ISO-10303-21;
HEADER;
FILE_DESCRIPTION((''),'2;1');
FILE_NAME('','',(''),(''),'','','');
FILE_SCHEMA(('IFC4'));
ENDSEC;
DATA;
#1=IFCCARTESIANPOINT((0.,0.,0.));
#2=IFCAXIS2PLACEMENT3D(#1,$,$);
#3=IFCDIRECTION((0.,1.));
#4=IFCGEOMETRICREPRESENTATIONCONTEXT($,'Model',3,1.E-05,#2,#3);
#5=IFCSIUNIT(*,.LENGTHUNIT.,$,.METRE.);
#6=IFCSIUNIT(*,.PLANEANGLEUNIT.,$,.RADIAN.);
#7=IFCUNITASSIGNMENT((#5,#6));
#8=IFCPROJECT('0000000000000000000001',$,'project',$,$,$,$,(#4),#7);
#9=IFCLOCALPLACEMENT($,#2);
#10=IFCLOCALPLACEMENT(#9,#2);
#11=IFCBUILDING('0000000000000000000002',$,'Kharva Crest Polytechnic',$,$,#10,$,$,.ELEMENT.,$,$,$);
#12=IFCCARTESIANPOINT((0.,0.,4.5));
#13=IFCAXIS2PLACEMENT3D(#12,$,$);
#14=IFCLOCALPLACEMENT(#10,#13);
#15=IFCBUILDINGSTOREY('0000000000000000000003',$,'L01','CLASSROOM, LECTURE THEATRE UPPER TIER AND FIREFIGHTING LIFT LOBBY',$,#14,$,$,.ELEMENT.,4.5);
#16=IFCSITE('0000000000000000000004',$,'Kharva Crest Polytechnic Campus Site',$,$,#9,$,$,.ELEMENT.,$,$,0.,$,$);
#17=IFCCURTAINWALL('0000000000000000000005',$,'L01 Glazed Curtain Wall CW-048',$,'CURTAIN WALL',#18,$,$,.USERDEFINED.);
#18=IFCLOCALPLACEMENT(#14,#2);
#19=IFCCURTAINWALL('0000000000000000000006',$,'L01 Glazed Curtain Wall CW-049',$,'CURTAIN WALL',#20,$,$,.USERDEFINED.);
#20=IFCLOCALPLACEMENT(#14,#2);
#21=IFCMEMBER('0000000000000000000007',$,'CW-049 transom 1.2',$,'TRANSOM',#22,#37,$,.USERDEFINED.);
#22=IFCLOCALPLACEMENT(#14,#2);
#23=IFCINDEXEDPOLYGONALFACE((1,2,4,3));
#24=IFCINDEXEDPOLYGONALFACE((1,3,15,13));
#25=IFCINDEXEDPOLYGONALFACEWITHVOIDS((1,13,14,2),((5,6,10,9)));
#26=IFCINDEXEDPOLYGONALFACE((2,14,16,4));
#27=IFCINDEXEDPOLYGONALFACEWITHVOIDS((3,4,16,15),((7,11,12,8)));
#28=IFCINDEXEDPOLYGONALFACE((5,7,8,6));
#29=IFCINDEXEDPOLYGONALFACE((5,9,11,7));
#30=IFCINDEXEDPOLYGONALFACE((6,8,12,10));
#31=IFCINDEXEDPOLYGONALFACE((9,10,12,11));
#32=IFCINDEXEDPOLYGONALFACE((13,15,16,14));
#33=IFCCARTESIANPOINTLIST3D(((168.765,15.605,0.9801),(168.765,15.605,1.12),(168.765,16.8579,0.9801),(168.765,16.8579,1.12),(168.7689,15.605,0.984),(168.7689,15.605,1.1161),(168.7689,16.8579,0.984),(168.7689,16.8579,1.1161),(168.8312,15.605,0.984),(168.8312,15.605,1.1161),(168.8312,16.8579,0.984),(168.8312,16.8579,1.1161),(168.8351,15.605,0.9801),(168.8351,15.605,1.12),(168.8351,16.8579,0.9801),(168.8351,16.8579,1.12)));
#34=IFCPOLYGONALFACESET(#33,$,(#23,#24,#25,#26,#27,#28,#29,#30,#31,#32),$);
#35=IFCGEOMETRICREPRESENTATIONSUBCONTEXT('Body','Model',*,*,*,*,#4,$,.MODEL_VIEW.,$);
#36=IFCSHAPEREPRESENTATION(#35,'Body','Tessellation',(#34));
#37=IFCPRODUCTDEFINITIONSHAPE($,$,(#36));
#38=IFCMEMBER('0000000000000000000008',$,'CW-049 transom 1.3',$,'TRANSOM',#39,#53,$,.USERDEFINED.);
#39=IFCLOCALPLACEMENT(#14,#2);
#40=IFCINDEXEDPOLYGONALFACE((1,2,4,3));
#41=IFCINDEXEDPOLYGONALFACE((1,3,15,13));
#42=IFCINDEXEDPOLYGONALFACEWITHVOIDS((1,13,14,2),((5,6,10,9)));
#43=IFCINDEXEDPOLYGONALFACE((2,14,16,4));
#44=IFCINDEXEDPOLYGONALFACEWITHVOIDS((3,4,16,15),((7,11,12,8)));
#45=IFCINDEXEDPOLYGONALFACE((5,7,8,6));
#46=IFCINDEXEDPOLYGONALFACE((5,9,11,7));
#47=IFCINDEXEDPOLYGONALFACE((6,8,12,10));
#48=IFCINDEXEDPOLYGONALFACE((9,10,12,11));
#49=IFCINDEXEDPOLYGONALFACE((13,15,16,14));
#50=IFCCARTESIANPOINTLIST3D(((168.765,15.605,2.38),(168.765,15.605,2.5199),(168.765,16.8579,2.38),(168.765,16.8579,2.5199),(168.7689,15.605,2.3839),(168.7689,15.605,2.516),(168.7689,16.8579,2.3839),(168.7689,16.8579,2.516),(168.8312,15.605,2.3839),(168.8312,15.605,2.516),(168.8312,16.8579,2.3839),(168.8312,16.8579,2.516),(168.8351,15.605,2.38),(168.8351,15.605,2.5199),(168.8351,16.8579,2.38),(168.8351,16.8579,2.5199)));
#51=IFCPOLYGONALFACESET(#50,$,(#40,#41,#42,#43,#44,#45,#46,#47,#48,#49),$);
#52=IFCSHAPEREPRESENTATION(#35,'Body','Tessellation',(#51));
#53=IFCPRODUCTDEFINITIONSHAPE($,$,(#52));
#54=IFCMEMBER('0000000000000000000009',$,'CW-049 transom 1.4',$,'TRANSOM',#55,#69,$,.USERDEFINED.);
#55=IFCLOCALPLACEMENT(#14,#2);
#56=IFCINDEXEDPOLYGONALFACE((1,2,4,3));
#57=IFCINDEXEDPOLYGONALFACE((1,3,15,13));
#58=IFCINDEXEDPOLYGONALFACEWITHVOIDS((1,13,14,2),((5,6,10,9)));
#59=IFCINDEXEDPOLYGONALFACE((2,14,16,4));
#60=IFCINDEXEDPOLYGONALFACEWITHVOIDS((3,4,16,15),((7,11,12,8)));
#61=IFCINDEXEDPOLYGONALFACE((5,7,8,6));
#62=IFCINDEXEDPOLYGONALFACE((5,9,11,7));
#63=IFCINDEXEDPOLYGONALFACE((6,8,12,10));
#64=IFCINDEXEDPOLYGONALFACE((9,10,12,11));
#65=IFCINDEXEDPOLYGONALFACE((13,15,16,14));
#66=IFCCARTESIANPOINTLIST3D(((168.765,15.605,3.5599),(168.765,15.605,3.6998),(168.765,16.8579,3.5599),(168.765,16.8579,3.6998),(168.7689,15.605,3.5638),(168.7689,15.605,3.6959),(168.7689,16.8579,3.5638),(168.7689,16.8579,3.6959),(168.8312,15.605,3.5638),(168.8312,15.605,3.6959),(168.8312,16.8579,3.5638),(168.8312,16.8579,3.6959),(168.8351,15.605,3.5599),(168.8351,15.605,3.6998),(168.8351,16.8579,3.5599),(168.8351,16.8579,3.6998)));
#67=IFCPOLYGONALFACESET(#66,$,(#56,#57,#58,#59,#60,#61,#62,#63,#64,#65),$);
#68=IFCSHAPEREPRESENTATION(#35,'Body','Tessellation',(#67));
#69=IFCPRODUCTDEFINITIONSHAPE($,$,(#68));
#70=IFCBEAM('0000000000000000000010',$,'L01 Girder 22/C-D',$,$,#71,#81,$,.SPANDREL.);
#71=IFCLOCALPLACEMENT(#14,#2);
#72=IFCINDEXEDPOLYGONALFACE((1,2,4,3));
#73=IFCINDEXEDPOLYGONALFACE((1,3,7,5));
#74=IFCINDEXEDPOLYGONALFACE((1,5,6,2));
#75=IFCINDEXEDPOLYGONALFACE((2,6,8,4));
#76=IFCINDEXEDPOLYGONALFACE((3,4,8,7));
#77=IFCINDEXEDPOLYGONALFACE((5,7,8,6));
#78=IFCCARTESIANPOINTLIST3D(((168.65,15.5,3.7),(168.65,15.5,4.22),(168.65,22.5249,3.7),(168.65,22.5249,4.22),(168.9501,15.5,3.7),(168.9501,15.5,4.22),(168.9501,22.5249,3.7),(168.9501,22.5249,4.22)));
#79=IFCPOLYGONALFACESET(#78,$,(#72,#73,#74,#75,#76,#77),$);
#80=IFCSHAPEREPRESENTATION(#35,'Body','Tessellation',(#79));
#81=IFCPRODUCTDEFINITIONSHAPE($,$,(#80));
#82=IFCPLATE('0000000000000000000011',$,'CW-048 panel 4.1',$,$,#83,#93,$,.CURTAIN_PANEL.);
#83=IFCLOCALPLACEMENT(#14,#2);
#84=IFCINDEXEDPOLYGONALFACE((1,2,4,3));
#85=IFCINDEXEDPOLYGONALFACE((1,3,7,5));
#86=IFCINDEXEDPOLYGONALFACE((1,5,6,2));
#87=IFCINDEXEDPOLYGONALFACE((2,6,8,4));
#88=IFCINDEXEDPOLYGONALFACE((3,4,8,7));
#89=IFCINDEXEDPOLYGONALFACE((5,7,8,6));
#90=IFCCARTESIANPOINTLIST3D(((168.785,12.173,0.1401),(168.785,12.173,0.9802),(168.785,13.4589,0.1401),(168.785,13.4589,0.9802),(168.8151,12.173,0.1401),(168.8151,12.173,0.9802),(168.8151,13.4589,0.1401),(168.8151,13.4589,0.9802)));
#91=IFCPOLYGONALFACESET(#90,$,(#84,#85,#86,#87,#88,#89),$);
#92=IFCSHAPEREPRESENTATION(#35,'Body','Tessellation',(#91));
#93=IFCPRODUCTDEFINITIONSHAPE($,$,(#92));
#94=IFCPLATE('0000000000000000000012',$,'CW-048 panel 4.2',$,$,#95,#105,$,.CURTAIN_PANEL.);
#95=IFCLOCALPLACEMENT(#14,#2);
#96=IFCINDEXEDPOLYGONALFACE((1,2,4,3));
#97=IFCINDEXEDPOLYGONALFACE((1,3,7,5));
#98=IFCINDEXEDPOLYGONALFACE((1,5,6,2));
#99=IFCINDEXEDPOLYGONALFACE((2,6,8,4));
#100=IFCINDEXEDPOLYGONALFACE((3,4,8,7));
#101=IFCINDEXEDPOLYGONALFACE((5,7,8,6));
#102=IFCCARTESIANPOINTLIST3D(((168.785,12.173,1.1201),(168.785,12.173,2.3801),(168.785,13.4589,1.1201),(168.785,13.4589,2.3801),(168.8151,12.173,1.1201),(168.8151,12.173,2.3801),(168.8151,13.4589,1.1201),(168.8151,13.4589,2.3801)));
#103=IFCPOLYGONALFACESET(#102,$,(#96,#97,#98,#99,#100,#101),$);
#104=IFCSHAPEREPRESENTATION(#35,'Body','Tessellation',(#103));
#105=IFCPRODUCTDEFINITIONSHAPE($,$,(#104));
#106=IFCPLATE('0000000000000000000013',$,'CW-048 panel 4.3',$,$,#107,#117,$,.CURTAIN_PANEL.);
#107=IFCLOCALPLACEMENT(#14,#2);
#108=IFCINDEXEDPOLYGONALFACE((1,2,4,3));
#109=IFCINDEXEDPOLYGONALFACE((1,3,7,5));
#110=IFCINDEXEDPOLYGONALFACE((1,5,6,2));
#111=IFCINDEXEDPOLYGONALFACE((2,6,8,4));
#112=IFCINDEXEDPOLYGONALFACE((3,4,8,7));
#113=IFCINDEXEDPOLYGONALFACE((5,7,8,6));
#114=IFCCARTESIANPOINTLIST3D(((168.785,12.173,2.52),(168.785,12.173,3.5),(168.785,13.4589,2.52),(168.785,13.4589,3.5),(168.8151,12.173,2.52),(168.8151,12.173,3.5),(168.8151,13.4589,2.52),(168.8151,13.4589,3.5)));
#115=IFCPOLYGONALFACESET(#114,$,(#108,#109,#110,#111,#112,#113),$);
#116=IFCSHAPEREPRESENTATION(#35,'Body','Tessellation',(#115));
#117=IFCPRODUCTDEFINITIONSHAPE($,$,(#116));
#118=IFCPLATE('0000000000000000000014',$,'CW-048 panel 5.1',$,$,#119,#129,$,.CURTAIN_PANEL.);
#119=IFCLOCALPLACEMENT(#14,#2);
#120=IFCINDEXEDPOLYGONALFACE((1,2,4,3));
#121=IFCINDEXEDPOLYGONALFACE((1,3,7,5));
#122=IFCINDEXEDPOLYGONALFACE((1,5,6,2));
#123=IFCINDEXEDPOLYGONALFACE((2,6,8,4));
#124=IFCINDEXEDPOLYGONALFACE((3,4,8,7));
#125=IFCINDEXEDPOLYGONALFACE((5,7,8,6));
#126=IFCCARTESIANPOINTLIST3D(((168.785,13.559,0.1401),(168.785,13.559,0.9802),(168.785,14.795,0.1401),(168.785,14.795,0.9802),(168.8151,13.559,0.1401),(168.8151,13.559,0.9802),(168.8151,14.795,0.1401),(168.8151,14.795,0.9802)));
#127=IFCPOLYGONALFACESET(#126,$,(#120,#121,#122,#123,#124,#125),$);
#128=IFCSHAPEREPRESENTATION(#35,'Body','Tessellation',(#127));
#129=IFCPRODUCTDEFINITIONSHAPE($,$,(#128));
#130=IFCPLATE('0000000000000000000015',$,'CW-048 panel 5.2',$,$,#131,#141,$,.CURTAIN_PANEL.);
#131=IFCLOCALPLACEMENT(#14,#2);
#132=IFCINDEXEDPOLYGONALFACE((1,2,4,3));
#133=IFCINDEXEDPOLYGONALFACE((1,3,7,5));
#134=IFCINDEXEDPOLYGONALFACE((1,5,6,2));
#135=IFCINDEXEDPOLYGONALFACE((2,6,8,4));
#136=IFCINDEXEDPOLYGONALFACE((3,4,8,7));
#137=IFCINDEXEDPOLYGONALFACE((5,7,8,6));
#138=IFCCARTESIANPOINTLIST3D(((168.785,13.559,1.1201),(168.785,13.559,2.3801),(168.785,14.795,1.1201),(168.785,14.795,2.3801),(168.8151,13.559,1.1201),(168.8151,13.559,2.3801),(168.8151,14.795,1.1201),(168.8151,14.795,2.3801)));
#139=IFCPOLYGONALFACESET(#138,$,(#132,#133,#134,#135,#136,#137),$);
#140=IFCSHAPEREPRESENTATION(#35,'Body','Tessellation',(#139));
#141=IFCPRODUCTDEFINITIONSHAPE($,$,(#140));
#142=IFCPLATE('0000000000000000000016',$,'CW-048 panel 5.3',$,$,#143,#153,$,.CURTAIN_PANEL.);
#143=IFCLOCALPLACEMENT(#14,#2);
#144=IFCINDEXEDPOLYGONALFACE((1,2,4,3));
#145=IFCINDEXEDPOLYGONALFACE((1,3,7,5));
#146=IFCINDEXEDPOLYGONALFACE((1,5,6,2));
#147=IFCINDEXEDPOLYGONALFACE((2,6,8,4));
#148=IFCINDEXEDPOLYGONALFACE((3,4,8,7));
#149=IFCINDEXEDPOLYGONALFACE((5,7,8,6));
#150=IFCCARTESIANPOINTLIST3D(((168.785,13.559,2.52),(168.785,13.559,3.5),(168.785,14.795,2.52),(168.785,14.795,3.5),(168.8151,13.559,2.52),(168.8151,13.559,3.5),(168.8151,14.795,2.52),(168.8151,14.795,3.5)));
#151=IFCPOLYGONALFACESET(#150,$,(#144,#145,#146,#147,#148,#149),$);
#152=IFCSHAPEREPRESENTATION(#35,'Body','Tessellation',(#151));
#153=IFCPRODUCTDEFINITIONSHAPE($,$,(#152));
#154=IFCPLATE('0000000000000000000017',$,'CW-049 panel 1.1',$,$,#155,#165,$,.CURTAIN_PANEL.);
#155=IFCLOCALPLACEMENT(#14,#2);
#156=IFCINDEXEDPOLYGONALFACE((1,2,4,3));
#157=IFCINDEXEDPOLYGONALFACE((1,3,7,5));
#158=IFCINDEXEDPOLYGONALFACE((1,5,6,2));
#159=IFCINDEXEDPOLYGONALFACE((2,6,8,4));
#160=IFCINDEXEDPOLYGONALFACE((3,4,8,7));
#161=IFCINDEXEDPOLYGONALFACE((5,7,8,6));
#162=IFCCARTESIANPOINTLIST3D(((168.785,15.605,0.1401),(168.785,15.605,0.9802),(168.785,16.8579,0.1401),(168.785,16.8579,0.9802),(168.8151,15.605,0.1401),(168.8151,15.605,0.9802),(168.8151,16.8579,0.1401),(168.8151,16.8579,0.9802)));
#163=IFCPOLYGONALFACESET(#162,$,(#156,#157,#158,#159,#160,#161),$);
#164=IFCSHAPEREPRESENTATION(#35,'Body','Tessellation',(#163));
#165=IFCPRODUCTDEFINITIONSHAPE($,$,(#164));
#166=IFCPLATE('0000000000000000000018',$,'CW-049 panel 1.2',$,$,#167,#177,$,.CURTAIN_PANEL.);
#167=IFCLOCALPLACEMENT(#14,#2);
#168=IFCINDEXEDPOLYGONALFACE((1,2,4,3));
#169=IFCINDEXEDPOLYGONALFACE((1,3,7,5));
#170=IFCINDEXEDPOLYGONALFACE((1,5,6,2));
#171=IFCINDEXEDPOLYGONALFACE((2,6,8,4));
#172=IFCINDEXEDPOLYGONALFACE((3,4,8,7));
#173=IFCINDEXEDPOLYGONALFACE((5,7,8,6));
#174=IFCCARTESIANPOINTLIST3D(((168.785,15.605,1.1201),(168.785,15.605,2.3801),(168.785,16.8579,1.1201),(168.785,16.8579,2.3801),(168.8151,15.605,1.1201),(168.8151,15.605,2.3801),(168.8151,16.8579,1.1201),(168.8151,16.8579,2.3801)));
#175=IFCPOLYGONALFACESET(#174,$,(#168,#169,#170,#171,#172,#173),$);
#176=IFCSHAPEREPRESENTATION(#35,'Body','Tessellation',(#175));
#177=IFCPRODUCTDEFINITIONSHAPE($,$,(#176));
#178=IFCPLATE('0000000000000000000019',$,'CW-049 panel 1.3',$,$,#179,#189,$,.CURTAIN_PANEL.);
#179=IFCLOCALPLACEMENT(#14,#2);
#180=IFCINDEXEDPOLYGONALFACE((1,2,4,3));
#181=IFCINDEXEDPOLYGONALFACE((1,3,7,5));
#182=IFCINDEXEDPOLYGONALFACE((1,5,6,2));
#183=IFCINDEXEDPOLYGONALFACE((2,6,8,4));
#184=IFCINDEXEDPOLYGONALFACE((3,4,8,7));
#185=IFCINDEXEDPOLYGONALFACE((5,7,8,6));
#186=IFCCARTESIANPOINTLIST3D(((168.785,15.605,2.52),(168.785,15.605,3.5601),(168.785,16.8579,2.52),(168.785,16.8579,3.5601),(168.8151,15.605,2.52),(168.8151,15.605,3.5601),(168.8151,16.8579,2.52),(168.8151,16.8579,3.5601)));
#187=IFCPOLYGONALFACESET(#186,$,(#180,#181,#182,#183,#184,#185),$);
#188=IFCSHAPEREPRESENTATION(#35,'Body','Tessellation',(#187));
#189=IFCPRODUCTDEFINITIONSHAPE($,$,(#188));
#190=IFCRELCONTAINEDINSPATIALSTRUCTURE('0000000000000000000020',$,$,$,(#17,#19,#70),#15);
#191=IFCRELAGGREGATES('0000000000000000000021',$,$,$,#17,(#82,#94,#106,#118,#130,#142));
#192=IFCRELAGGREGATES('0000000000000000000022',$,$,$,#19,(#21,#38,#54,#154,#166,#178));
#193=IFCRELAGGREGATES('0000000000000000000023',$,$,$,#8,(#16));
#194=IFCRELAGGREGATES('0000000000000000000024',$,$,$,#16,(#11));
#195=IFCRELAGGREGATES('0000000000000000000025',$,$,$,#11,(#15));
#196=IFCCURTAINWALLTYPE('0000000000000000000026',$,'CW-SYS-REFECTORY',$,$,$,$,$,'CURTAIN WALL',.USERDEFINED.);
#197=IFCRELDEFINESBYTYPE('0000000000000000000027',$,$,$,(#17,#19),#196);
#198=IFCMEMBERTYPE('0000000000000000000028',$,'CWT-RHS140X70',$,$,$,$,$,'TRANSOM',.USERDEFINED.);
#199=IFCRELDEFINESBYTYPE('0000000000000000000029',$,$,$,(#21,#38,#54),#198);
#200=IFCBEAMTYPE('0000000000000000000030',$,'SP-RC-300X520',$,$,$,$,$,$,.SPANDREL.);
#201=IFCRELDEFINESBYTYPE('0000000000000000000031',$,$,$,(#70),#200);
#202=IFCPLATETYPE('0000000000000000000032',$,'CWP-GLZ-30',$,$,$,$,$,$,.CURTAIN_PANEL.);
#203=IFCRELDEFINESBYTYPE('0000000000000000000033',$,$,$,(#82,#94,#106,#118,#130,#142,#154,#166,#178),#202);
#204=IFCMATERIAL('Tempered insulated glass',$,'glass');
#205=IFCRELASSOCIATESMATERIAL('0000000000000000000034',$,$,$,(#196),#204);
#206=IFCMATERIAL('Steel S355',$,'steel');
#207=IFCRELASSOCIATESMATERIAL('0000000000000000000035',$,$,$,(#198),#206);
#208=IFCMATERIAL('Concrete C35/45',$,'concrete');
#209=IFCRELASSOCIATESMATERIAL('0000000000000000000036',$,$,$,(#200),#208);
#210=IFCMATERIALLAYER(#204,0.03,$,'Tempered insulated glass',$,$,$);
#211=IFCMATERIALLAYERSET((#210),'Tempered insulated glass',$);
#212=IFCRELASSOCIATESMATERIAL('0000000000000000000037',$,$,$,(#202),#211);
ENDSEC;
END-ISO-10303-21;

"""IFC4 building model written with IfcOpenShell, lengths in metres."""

from ifc_helpers import new_model, si_unit, direction, frame, origin, origin_2d, place, context, subcontext, project, spatial, rectangle, hollow_rectangle, extrude, material, layer, layer_set, material_profile, profile_set, type_object, element, aggregate, save


model = new_model("IFC4")

# Units and contexts
model_context = context("Model", 3, precision=1e-05, world=origin(), true_north=direction((0.0, 1.0)))
body_context = subcontext(model_context, "Body", "Model", "MODEL_VIEW")
ifc_project = project(units=[si_unit("LENGTHUNIT", "METRE"), si_unit("PLANEANGLEUNIT", "RADIAN")], contexts=[model_context])

# Site, building, storey
site_placement = place(None, origin())
site = spatial("IfcSite", under=ifc_project, at=site_placement, Name="Kharva Crest Polytechnic Campus Site", CompositionType="ELEMENT", RefElevation=0.0)
building_placement = place(site_placement, origin())
building = spatial("IfcBuilding", under=site, at=building_placement, Name="Kharva Crest Polytechnic", CompositionType="ELEMENT")
storey_placement = place(building_placement, frame((0.0, 0.0, 4.5)))
storey = spatial("IfcBuildingStorey", under=building, at=storey_placement, Name="L01", Description="CLASSROOM, LECTURE THEATRE UPPER TIER AND FIREFIGHTING LIFT LOBBY", CompositionType="ELEMENT", Elevation=4.5)

# Curtain walls
ifc_material_1 = material(Name="Tempered insulated glass", Category="glass")
curtain_wall_type = type_object("IfcCurtainWallType", Name="CW-SYS-REFECTORY", ElementType="CURTAIN WALL", PredefinedType="USERDEFINED", material=ifc_material_1)
curtain_wall_1_placement = place(storey_placement, origin())
curtain_wall_1 = element("IfcCurtainWall", 1, at=curtain_wall_1_placement, inside=storey, type_object=curtain_wall_type, Name="L01 Glazed Curtain Wall CW-048", ObjectType="CURTAIN WALL", PredefinedType="USERDEFINED")
ifc_material_2 = material(Name="Steel S355", Category="steel")
curtain_wall_2_placement = place(storey_placement, origin())
curtain_wall_2 = element("IfcCurtainWall", 2, at=curtain_wall_2_placement, inside=storey, type_object=curtain_wall_type, Name="L01 Glazed Curtain Wall CW-049", ObjectType="CURTAIN WALL", PredefinedType="USERDEFINED")

# Members
ifc_material_profile_1 = material_profile(ifc_material_2, hollow_rectangle(XDim=0.0701, YDim=0.1399, WallThickness=0.0039, at=origin_2d()), Name="RHS 140X70X4.0")
ifc_profile_set_1 = profile_set([ifc_material_profile_1], Name="Steel S355")
member_type_1 = type_object("IfcMemberType", Name="CWT-RHS140X70", ElementType="TRANSOM", PredefinedType="USERDEFINED", material=ifc_profile_set_1)
member_1_placement = place(storey_placement, frame((168.8, 15.605, 1.05), z_axis=(0.0, 1.0, 0.0), x_axis=(-1.0, 0.0, 0.0)))
member_1 = element("IfcMember", 3, at=member_1_placement, type_object=member_type_1, Name="CW-049 transom 1.2", ObjectType="TRANSOM", PredefinedType="USERDEFINED", context=body_context, shape_type="SweptSolid", body=[
    extrude(hollow_rectangle(XDim=0.0701, YDim=0.1399, WallThickness=0.0039, at=origin_2d()), origin(), (0.0, 0.0, 1.0), 1.2529),
])
member_2_placement = place(storey_placement, frame((168.8, 15.605, 2.45), z_axis=(0.0, 1.0, 0.0), x_axis=(-1.0, 0.0, 0.0)))
member_2 = element("IfcMember", 4, at=member_2_placement, type_object=member_type_1, Name="CW-049 transom 1.3", ObjectType="TRANSOM", PredefinedType="USERDEFINED", context=body_context, shape_type="SweptSolid", body=[
    extrude(hollow_rectangle(XDim=0.0701, YDim=0.1399, WallThickness=0.0039, at=origin_2d()), origin(), (0.0, 0.0, 1.0), 1.2529),
])
member_3_placement = place(storey_placement, frame((168.8, 15.605, 3.6299), z_axis=(0.0, 1.0, 0.0), x_axis=(-1.0, 0.0, 0.0)))
member_3 = element("IfcMember", 5, at=member_3_placement, type_object=member_type_1, Name="CW-049 transom 1.4", ObjectType="TRANSOM", PredefinedType="USERDEFINED", context=body_context, shape_type="SweptSolid", body=[
    extrude(hollow_rectangle(XDim=0.0701, YDim=0.1399, WallThickness=0.0039, at=origin_2d()), origin(), (0.0, 0.0, 1.0), 1.2529),
])

# Beam
ifc_material_3 = material(Name="Concrete C35/45", Category="concrete")
ifc_material_profile_2 = material_profile(ifc_material_3, rectangle(XDim=0.3, YDim=0.52, at=origin_2d()), Name="RECT 300 X 520")
ifc_profile_set_2 = profile_set([ifc_material_profile_2], Name="Concrete C35/45")
beam_type = type_object("IfcBeamType", Name="SP-RC-300X520", PredefinedType="SPANDREL", material=ifc_profile_set_2)
beam_placement = place(storey_placement, frame((168.8, 15.5, 3.96), z_axis=(0.0, 1.0, 0.0), x_axis=(-1.0, 0.0, 0.0)))
element("IfcBeam", 6, at=beam_placement, inside=storey, type_object=beam_type, Name="L01 Girder 22/C-D", PredefinedType="SPANDREL", context=body_context, shape_type="SweptSolid", body=[
    extrude(rectangle(XDim=0.3, YDim=0.52, at=origin_2d()), origin(), (0.0, 0.0, 1.0), 7.0249),
])

# Plates
ifc_layer = layer(ifc_material_1, 0.03, Name="Tempered insulated glass")
ifc_layer_set = layer_set([ifc_layer], Name="Tempered insulated glass")
plate_type = type_object("IfcPlateType", Name="CWP-GLZ-30", PredefinedType="CURTAIN_PANEL", material=ifc_layer_set)
plate_1_placement = place(storey_placement, frame((168.8, 12.8159, 0.1401), z_axis=(0.0, 0.0, 1.0), x_axis=(0.0, 1.0, 0.0)))
plate_1 = element("IfcPlate", 7, at=plate_1_placement, type_object=plate_type, Name="CW-048 panel 4.1", PredefinedType="CURTAIN_PANEL", context=body_context, shape_type="SweptSolid", body=[
    extrude(rectangle(XDim=1.2859, YDim=0.03, at=origin_2d()), origin(), (0.0, 0.0, 1.0), 0.8401),
])
plate_2_placement = place(storey_placement, frame((168.8, 12.8159, 1.1201), z_axis=(0.0, 0.0, 1.0), x_axis=(0.0, 1.0, 0.0)))
plate_2 = element("IfcPlate", 8, at=plate_2_placement, type_object=plate_type, Name="CW-048 panel 4.2", PredefinedType="CURTAIN_PANEL", context=body_context, shape_type="SweptSolid", body=[
    extrude(rectangle(XDim=1.2859, YDim=0.03, at=origin_2d()), origin(), (0.0, 0.0, 1.0), 1.26),
])
plate_3_placement = place(storey_placement, frame((168.8, 12.8159, 2.52), z_axis=(0.0, 0.0, 1.0), x_axis=(0.0, 1.0, 0.0)))
plate_3 = element("IfcPlate", 9, at=plate_3_placement, type_object=plate_type, Name="CW-048 panel 4.3", PredefinedType="CURTAIN_PANEL", context=body_context, shape_type="SweptSolid", body=[
    extrude(rectangle(XDim=1.2859, YDim=0.03, at=origin_2d()), origin(), (0.0, 0.0, 1.0), 0.98),
])
plate_4_placement = place(storey_placement, frame((168.8, 14.177, 0.1401), z_axis=(0.0, 0.0, 1.0), x_axis=(0.0, 1.0, 0.0)))
plate_4 = element("IfcPlate", 10, at=plate_4_placement, type_object=plate_type, Name="CW-048 panel 5.1", PredefinedType="CURTAIN_PANEL", context=body_context, shape_type="SweptSolid", body=[
    extrude(rectangle(XDim=1.2361, YDim=0.03, at=origin_2d()), origin(), (0.0, 0.0, 1.0), 0.8401),
])
plate_5_placement = place(storey_placement, frame((168.8, 14.177, 1.1201), z_axis=(0.0, 0.0, 1.0), x_axis=(0.0, 1.0, 0.0)))
plate_5 = element("IfcPlate", 11, at=plate_5_placement, type_object=plate_type, Name="CW-048 panel 5.2", PredefinedType="CURTAIN_PANEL", context=body_context, shape_type="SweptSolid", body=[
    extrude(rectangle(XDim=1.2361, YDim=0.03, at=origin_2d()), origin(), (0.0, 0.0, 1.0), 1.26),
])
plate_6_placement = place(storey_placement, frame((168.8, 14.177, 2.52), z_axis=(0.0, 0.0, 1.0), x_axis=(0.0, 1.0, 0.0)))
plate_6 = element("IfcPlate", 12, at=plate_6_placement, type_object=plate_type, Name="CW-048 panel 5.3", PredefinedType="CURTAIN_PANEL", context=body_context, shape_type="SweptSolid", body=[
    extrude(rectangle(XDim=1.2361, YDim=0.03, at=origin_2d()), origin(), (0.0, 0.0, 1.0), 0.98),
])
aggregate(curtain_wall_1, [plate_1, plate_2, plate_3, plate_4, plate_5, plate_6])
plate_7_placement = place(storey_placement, frame((168.8, 16.2314, 0.1401), z_axis=(0.0, 0.0, 1.0), x_axis=(0.0, 1.0, 0.0)))
plate_7 = element("IfcPlate", 13, at=plate_7_placement, type_object=plate_type, Name="CW-049 panel 1.1", PredefinedType="CURTAIN_PANEL", context=body_context, shape_type="SweptSolid", body=[
    extrude(rectangle(XDim=1.2529, YDim=0.03, at=origin_2d()), origin(), (0.0, 0.0, 1.0), 0.8401),
])
plate_8_placement = place(storey_placement, frame((168.8, 16.2314, 1.1201), z_axis=(0.0, 0.0, 1.0), x_axis=(0.0, 1.0, 0.0)))
plate_8 = element("IfcPlate", 14, at=plate_8_placement, type_object=plate_type, Name="CW-049 panel 1.2", PredefinedType="CURTAIN_PANEL", context=body_context, shape_type="SweptSolid", body=[
    extrude(rectangle(XDim=1.2529, YDim=0.03, at=origin_2d()), origin(), (0.0, 0.0, 1.0), 1.26),
])
plate_9_placement = place(storey_placement, frame((168.8, 16.2314, 2.52), z_axis=(0.0, 0.0, 1.0), x_axis=(0.0, 1.0, 0.0)))
plate_9 = element("IfcPlate", 15, at=plate_9_placement, type_object=plate_type, Name="CW-049 panel 1.3", PredefinedType="CURTAIN_PANEL", context=body_context, shape_type="SweptSolid", body=[
    extrude(rectangle(XDim=1.2529, YDim=0.03, at=origin_2d()), origin(), (0.0, 0.0, 1.0), 1.04),
])
aggregate(curtain_wall_2, [member_1, member_2, member_3, plate_7, plate_8, plate_9])

save(model, "model.ifc")
